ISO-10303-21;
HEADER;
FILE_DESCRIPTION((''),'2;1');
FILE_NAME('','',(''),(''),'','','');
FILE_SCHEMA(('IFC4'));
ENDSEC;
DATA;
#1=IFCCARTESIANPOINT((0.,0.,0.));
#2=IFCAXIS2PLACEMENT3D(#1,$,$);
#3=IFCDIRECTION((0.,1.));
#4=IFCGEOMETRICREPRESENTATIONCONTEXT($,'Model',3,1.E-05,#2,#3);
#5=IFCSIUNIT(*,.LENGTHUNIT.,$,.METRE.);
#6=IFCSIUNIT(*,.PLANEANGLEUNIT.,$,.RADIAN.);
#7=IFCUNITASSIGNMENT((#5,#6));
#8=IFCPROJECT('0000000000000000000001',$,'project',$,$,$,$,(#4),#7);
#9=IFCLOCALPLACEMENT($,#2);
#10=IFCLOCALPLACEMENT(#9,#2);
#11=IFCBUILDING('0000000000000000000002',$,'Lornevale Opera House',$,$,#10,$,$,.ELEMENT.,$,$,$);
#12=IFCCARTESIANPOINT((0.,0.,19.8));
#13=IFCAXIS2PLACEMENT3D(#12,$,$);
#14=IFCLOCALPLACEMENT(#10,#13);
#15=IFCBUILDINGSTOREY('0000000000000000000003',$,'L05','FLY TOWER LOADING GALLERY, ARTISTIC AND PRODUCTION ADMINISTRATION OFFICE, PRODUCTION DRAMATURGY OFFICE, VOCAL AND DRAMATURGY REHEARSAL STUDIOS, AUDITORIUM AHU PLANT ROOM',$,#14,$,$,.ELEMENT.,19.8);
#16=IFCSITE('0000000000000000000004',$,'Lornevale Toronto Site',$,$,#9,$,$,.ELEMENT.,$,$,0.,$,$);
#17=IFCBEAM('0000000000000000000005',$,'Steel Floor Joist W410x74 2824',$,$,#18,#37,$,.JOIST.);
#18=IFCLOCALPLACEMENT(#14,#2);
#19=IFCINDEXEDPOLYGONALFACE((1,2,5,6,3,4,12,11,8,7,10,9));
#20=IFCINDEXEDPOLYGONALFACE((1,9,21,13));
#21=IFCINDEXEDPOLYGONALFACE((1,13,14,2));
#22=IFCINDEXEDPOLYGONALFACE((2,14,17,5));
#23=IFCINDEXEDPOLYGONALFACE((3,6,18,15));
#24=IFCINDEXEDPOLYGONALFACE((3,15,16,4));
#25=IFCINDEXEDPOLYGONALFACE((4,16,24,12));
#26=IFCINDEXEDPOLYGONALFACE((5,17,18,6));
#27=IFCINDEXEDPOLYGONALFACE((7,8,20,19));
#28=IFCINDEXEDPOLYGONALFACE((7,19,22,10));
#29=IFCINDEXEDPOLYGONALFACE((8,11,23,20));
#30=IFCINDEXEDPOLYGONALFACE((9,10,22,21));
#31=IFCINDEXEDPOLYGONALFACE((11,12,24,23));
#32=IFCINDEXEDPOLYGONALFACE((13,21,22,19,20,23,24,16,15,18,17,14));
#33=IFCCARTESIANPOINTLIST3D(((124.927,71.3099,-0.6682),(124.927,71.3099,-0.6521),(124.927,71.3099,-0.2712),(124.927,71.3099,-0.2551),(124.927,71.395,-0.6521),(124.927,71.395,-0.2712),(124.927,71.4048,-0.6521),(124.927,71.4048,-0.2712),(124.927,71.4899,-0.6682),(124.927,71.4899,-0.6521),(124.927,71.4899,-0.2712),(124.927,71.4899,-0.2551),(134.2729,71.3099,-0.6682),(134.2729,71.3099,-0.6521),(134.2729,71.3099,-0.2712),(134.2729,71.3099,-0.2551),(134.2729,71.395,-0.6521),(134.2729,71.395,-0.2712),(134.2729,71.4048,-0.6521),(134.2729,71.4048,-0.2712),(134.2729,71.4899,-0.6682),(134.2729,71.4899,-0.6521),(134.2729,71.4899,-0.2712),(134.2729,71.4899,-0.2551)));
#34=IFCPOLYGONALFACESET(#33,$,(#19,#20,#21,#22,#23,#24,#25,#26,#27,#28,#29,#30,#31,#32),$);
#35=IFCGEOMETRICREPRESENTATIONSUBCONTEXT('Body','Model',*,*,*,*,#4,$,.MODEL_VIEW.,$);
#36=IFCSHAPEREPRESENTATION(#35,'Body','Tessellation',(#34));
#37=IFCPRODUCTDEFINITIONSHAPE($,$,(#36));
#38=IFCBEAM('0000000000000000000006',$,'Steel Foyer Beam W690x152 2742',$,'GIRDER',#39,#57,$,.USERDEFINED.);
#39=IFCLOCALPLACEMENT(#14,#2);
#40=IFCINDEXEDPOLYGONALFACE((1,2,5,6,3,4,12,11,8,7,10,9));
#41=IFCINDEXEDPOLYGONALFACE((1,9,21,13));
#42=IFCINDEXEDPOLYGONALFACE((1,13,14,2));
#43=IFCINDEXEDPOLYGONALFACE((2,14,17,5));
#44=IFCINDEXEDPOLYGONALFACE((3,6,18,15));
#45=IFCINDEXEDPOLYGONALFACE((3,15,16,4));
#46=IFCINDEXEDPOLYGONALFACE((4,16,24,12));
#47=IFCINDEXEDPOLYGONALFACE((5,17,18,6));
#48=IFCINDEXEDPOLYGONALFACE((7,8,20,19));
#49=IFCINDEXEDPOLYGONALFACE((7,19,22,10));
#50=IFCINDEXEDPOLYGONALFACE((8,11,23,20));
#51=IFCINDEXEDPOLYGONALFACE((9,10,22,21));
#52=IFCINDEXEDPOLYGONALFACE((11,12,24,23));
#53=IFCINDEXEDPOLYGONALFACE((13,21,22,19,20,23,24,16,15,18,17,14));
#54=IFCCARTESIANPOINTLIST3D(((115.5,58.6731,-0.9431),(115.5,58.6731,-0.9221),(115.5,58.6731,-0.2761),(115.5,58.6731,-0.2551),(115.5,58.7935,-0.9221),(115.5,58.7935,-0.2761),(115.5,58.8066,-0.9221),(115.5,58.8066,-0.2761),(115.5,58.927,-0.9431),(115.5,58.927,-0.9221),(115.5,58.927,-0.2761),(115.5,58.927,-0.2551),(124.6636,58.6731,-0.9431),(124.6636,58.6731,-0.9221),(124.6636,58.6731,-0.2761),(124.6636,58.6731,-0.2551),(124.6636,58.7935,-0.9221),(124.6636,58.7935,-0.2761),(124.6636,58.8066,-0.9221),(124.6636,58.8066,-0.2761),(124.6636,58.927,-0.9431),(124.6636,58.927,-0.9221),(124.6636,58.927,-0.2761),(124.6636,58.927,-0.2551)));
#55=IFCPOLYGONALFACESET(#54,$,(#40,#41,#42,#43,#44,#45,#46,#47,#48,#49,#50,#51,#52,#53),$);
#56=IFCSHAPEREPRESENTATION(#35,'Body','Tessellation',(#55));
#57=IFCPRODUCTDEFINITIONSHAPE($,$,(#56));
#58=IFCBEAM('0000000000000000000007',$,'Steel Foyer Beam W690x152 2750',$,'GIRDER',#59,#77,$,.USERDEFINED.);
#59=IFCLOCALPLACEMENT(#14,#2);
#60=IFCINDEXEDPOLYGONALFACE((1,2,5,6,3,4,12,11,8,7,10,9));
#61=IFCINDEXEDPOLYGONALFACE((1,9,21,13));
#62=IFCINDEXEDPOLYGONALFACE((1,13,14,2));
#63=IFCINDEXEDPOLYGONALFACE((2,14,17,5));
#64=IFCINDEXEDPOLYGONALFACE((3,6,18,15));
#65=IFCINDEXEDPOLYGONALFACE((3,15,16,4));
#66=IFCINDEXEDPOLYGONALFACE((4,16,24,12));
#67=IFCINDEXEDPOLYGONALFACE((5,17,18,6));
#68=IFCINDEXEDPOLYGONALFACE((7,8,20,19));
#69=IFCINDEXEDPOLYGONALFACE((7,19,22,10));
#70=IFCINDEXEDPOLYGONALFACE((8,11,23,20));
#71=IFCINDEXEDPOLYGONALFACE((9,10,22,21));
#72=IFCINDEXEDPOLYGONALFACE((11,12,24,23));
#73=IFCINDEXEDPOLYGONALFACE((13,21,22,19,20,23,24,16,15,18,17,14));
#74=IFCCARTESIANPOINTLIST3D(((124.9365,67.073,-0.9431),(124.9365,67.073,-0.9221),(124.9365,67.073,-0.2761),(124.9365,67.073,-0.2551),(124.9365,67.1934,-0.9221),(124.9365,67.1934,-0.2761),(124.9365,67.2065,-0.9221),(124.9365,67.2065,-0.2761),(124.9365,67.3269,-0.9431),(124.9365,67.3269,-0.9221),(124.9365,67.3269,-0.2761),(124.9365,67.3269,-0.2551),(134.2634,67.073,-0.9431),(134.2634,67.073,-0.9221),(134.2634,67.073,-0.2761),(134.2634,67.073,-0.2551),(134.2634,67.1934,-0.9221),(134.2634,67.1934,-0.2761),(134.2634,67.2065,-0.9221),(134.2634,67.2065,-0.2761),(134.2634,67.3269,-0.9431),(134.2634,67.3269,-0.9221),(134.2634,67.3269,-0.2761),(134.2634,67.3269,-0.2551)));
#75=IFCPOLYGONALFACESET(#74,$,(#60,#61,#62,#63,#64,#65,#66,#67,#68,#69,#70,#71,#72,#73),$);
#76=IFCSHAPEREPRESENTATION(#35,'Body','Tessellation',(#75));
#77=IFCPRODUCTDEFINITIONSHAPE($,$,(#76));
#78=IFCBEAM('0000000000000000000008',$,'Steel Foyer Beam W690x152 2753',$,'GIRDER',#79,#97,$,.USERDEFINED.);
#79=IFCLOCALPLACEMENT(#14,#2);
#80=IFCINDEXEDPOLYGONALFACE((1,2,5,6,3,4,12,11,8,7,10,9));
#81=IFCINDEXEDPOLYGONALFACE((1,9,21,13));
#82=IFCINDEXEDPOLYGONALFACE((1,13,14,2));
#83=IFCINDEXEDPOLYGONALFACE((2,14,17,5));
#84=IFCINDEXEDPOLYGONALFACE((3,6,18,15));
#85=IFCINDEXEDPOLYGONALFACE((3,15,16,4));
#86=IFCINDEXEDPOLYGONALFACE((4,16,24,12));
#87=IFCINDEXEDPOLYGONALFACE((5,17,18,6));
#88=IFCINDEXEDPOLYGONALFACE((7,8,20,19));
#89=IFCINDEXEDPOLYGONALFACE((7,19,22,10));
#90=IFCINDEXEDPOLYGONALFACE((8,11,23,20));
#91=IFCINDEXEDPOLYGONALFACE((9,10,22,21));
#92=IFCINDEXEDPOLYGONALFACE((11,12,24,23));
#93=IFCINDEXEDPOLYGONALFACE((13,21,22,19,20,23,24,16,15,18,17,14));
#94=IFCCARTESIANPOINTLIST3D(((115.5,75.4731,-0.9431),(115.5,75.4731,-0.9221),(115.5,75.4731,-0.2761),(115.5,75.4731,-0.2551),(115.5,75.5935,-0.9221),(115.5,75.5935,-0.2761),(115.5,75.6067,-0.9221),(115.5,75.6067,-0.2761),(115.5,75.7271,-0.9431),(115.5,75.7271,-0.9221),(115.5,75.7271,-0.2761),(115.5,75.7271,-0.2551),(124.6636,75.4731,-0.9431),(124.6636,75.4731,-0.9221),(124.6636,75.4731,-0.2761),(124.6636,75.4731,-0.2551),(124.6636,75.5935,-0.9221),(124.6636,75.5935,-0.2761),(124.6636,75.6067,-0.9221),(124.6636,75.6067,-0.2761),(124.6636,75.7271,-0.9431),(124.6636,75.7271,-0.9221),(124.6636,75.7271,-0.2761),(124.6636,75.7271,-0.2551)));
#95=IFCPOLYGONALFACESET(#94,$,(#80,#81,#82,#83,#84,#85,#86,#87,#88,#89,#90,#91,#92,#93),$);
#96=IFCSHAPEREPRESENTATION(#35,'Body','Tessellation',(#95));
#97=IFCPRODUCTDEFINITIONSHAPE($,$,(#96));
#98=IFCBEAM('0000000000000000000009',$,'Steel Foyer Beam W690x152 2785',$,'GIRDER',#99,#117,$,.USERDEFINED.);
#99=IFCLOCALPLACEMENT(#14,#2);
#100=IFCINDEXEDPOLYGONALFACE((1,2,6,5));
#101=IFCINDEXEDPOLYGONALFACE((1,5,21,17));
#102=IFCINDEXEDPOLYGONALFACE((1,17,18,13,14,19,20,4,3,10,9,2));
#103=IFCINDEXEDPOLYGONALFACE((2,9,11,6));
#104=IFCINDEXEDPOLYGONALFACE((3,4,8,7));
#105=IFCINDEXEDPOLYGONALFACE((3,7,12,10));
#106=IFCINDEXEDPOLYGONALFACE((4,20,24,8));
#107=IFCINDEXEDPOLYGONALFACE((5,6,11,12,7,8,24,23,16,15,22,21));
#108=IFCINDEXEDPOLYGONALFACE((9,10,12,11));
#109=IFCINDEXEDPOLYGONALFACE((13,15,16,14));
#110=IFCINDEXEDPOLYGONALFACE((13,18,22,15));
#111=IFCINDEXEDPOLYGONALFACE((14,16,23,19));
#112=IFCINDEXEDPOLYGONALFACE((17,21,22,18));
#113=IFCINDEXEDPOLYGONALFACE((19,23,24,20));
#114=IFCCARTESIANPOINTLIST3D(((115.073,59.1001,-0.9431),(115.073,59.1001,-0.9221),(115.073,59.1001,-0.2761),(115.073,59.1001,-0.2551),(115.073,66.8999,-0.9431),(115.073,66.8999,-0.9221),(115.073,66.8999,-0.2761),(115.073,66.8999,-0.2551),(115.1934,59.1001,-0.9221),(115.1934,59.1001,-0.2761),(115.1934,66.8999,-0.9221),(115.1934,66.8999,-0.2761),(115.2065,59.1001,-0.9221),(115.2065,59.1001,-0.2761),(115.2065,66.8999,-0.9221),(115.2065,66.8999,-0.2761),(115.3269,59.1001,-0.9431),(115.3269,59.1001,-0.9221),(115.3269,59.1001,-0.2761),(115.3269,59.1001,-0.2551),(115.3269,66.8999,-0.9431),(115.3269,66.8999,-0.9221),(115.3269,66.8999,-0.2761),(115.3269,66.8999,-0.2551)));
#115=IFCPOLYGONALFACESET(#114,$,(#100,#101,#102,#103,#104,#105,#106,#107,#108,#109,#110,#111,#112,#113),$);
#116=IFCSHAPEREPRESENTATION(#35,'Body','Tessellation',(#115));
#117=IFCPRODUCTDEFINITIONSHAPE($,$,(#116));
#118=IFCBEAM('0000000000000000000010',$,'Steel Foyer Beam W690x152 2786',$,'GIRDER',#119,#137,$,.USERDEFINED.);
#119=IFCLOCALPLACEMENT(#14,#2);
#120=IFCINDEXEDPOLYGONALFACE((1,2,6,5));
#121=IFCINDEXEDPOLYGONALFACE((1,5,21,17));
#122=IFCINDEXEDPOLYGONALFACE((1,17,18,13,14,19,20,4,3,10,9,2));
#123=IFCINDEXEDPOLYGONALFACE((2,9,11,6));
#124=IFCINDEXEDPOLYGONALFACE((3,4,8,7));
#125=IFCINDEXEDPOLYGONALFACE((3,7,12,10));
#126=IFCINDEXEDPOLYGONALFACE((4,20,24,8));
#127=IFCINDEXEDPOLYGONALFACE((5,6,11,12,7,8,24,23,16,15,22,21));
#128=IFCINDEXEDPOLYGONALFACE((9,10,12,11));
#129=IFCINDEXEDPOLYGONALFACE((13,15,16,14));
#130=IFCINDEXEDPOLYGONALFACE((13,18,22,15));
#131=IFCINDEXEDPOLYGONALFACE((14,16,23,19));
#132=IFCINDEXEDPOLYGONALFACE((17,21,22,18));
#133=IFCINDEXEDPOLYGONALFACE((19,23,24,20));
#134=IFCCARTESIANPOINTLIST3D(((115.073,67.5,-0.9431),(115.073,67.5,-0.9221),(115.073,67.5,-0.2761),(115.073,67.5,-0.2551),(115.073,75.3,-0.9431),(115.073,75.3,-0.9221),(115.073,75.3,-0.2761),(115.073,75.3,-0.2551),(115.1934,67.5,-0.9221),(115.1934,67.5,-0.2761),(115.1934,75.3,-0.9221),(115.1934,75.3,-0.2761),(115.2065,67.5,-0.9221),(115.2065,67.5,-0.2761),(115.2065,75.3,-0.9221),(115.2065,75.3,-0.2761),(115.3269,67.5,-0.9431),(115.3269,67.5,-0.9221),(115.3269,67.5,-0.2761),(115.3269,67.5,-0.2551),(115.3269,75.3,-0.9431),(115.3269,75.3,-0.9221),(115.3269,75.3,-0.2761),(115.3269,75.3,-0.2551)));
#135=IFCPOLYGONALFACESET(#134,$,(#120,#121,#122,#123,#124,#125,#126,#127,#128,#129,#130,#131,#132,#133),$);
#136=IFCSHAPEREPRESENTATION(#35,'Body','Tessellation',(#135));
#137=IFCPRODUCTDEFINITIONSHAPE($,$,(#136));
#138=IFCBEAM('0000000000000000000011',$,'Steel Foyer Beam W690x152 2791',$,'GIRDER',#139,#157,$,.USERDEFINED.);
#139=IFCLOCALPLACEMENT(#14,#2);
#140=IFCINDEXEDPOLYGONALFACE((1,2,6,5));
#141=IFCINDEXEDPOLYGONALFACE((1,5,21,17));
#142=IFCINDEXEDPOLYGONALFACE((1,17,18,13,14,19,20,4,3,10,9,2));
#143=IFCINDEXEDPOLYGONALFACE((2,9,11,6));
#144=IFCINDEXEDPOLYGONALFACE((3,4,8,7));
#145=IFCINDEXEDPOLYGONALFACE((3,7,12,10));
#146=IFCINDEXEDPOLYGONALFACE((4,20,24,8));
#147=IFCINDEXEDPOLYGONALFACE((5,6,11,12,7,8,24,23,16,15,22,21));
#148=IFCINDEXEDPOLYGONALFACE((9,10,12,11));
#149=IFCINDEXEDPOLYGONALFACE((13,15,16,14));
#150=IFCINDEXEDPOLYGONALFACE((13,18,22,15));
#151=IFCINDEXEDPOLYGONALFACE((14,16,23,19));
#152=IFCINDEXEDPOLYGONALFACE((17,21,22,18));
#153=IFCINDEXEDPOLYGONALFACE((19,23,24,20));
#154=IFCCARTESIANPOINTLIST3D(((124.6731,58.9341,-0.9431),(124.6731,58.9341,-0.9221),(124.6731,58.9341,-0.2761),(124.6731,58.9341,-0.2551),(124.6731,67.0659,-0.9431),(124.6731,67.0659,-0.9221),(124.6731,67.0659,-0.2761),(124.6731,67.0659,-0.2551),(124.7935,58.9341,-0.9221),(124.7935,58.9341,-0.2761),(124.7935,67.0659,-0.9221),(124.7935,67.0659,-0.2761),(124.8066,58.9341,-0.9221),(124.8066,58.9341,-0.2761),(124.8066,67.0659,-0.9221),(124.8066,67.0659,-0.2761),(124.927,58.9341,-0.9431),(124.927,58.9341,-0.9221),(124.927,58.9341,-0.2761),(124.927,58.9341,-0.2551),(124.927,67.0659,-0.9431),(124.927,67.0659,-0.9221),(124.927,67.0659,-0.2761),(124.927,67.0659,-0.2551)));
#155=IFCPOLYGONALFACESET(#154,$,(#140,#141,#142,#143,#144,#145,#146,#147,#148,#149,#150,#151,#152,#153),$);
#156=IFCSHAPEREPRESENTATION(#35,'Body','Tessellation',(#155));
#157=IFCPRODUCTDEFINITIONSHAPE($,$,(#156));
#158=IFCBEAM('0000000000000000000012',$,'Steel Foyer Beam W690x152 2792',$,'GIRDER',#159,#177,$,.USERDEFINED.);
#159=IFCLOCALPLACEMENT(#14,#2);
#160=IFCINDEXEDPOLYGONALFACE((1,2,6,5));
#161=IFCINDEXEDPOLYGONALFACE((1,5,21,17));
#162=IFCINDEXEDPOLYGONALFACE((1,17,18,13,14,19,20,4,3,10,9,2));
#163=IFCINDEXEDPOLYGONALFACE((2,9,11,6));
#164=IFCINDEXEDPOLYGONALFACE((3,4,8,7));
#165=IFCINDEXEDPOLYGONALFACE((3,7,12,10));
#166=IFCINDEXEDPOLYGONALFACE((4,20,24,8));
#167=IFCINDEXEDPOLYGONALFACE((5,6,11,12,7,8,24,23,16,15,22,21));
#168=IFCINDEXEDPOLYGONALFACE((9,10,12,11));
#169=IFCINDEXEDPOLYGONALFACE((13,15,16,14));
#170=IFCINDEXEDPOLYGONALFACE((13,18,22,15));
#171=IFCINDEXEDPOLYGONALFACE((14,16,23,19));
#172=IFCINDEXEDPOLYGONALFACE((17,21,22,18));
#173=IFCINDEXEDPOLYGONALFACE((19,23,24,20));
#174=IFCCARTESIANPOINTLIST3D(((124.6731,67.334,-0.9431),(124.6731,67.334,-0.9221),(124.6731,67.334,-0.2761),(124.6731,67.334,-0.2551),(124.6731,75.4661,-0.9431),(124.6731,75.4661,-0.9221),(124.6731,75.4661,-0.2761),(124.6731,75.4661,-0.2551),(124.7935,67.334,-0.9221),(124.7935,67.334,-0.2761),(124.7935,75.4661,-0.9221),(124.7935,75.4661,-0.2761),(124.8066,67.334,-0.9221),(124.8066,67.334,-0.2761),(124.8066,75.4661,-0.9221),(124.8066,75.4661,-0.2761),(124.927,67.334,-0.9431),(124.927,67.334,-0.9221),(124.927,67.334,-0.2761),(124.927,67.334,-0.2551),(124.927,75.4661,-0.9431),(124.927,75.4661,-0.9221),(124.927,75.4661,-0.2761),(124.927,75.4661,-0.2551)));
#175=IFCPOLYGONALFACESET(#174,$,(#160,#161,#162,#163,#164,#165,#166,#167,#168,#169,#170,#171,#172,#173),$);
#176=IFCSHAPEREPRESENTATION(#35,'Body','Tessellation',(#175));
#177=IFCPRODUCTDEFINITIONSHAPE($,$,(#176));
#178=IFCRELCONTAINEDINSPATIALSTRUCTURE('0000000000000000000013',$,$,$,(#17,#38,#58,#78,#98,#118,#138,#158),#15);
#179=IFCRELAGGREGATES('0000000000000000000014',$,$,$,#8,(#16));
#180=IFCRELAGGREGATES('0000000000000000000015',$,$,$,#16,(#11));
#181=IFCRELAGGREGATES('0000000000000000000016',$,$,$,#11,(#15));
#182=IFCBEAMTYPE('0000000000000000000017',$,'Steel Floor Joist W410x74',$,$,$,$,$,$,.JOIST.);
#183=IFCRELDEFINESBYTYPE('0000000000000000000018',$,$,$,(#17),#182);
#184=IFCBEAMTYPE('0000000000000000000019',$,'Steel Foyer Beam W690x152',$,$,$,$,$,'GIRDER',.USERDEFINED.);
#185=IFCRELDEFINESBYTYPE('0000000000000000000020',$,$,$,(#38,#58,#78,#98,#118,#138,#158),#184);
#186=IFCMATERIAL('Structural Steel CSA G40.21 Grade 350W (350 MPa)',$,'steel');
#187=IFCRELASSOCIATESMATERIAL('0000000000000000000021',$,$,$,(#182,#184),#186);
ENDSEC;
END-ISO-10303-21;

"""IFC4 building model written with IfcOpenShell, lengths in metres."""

from ifc_helpers import new_model, si_unit, direction, frame, origin, origin_2d, place, context, subcontext, project, spatial, i_section, extrude, material, material_profile, profile_set, type_object, element, save


model = new_model("IFC4")

# Units and contexts
model_context = context("Model", 3, precision=1e-05, world=origin(), true_north=direction((0.0, 1.0)))
body_context = subcontext(model_context, "Body", "Model", "MODEL_VIEW")
ifc_project = project(units=[si_unit("LENGTHUNIT", "METRE"), si_unit("PLANEANGLEUNIT", "RADIAN")], contexts=[model_context])

# Site, building, storey
site_placement = place(None, origin())
site = spatial("IfcSite", under=ifc_project, at=site_placement, Name="Lornevale Toronto Site", CompositionType="ELEMENT", RefElevation=0.0)
building_placement = place(site_placement, origin())
building = spatial("IfcBuilding", under=site, at=building_placement, Name="Lornevale Opera House", CompositionType="ELEMENT")
storey_placement = place(building_placement, frame((0.0, 0.0, 19.8)))
storey = spatial("IfcBuildingStorey", under=building, at=storey_placement, Name="L05", Description="FLY TOWER LOADING GALLERY, ARTISTIC AND PRODUCTION ADMINISTRATION OFFICE, PRODUCTION DRAMATURGY OFFICE, VOCAL AND DRAMATURGY REHEARSAL STUDIOS, AUDITORIUM AHU PLANT ROOM", CompositionType="ELEMENT", Elevation=19.8)

# Shared definitions
ifc_material_1 = material(Name="Structural Steel CSA G40.21 Grade 350W (350 MPa)", Category="steel")

# Beams
ifc_material_profile_1 = material_profile(ifc_material_1, i_section(OverallWidth=0.1799, OverallDepth=0.4131, WebThickness=0.0098, FlangeThickness=0.0161, at=origin_2d()), Name="W410x74")
ifc_profile_set_1 = profile_set([ifc_material_profile_1], Name="Structural Steel CSA G40.21 Grade 350W (350 MPa)")
beam_type_1 = type_object("IfcBeamType", Name="Steel Floor Joist W410x74", PredefinedType="JOIST", material=ifc_profile_set_1)
for number, where, z_axis, x_axis, name in (
    (1, (124.927, 71.3999, -0.4617), (1.0, 0.0, 0.0), (0.0, 1.0, 0.0), "Steel Floor Joist W410x74 2824"),
):
    element("IfcBeam", number, at=place(storey_placement, frame(where, z_axis=z_axis, x_axis=x_axis)), inside=storey, type_object=beam_type_1, Name=name, PredefinedType="JOIST", context=body_context, shape_type="SweptSolid", body=[
        extrude(i_section(OverallWidth=0.1799, OverallDepth=0.4131, WebThickness=0.0098, FlangeThickness=0.0161, at=origin_2d()), origin(), (0.0, 0.0, 1.0), 9.3459),
    ])
ifc_material_profile_2 = material_profile(ifc_material_1, i_section(OverallWidth=0.2539, OverallDepth=0.688, WebThickness=0.0132, FlangeThickness=0.021, at=origin_2d()), Name="W690x152")
ifc_profile_set_2 = profile_set([ifc_material_profile_2], Name="Structural Steel CSA G40.21 Grade 350W (350 MPa)")
beam_type_2 = type_object("IfcBeamType", Name="Steel Foyer Beam W690x152", ElementType="GIRDER", PredefinedType="USERDEFINED", material=ifc_profile_set_2)
beam_1_placement = place(storey_placement, frame((115.5, 58.8, -0.5991), z_axis=(1.0, 0.0, 0.0), x_axis=(0.0, 1.0, 0.0)))
element("IfcBeam", 2, at=beam_1_placement, inside=storey, type_object=beam_type_2, Name="Steel Foyer Beam W690x152 2742", ObjectType="GIRDER", PredefinedType="USERDEFINED", context=body_context, shape_type="SweptSolid", body=[
    extrude(i_section(OverallWidth=0.2539, OverallDepth=0.688, WebThickness=0.0132, FlangeThickness=0.021, at=origin_2d()), origin(), (0.0, 0.0, 1.0), 9.1636),
])
beam_2_placement = place(storey_placement, frame((124.9365, 67.2, -0.5991), z_axis=(1.0, 0.0, 0.0), x_axis=(0.0, 1.0, 0.0)))
element("IfcBeam", 3, at=beam_2_placement, inside=storey, type_object=beam_type_2, Name="Steel Foyer Beam W690x152 2750", ObjectType="GIRDER", PredefinedType="USERDEFINED", context=body_context, shape_type="SweptSolid", body=[
    extrude(i_section(OverallWidth=0.2539, OverallDepth=0.688, WebThickness=0.0132, FlangeThickness=0.021, at=origin_2d()), origin(), (0.0, 0.0, 1.0), 9.3269),
])
beam_3_placement = place(storey_placement, frame((115.5, 75.6001, -0.5991), z_axis=(1.0, 0.0, 0.0), x_axis=(0.0, 1.0, 0.0)))
element("IfcBeam", 4, at=beam_3_placement, inside=storey, type_object=beam_type_2, Name="Steel Foyer Beam W690x152 2753", ObjectType="GIRDER", PredefinedType="USERDEFINED", context=body_context, shape_type="SweptSolid", body=[
    extrude(i_section(OverallWidth=0.2539, OverallDepth=0.688, WebThickness=0.0132, FlangeThickness=0.021, at=origin_2d()), origin(), (0.0, 0.0, 1.0), 9.1636),
])
beam_4_placement = place(storey_placement, frame((115.2, 59.1001, -0.5991), z_axis=(0.0, 1.0, 0.0), x_axis=(-1.0, 0.0, 0.0)))
element("IfcBeam", 5, at=beam_4_placement, inside=storey, type_object=beam_type_2, Name="Steel Foyer Beam W690x152 2785", ObjectType="GIRDER", PredefinedType="USERDEFINED", context=body_context, shape_type="SweptSolid", body=[
    extrude(i_section(OverallWidth=0.2539, OverallDepth=0.688, WebThickness=0.0132, FlangeThickness=0.021, at=origin_2d()), origin(), (0.0, 0.0, 1.0), 7.7998),
])
beam_5_placement = place(storey_placement, frame((115.2, 67.5, -0.5991), z_axis=(0.0, 1.0, 0.0), x_axis=(-1.0, 0.0, 0.0)))
element("IfcBeam", 6, at=beam_5_placement, inside=storey, type_object=beam_type_2, Name="Steel Foyer Beam W690x152 2786", ObjectType="GIRDER", PredefinedType="USERDEFINED", context=body_context, shape_type="SweptSolid", body=[
    extrude(i_section(OverallWidth=0.2539, OverallDepth=0.688, WebThickness=0.0132, FlangeThickness=0.021, at=origin_2d()), origin(), (0.0, 0.0, 1.0), 7.8),
])
beam_6_placement = place(storey_placement, frame((124.8, 58.9341, -0.5991), z_axis=(0.0, 1.0, 0.0), x_axis=(-1.0, 0.0, 0.0)))
element("IfcBeam", 7, at=beam_6_placement, inside=storey, type_object=beam_type_2, Name="Steel Foyer Beam W690x152 2791", ObjectType="GIRDER", PredefinedType="USERDEFINED", context=body_context, shape_type="SweptSolid", body=[
    extrude(i_section(OverallWidth=0.2539, OverallDepth=0.688, WebThickness=0.0132, FlangeThickness=0.021, at=origin_2d()), origin(), (0.0, 0.0, 1.0), 8.1318),
])
beam_7_placement = place(storey_placement, frame((124.8, 67.334, -0.5991), z_axis=(0.0, 1.0, 0.0), x_axis=(-1.0, 0.0, 0.0)))
element("IfcBeam", 8, at=beam_7_placement, inside=storey, type_object=beam_type_2, Name="Steel Foyer Beam W690x152 2792", ObjectType="GIRDER", PredefinedType="USERDEFINED", context=body_context, shape_type="SweptSolid", body=[
    extrude(i_section(OverallWidth=0.2539, OverallDepth=0.688, WebThickness=0.0132, FlangeThickness=0.021, at=origin_2d()), origin(), (0.0, 0.0, 1.0), 8.1321),
])

save(model, "model.ifc")
